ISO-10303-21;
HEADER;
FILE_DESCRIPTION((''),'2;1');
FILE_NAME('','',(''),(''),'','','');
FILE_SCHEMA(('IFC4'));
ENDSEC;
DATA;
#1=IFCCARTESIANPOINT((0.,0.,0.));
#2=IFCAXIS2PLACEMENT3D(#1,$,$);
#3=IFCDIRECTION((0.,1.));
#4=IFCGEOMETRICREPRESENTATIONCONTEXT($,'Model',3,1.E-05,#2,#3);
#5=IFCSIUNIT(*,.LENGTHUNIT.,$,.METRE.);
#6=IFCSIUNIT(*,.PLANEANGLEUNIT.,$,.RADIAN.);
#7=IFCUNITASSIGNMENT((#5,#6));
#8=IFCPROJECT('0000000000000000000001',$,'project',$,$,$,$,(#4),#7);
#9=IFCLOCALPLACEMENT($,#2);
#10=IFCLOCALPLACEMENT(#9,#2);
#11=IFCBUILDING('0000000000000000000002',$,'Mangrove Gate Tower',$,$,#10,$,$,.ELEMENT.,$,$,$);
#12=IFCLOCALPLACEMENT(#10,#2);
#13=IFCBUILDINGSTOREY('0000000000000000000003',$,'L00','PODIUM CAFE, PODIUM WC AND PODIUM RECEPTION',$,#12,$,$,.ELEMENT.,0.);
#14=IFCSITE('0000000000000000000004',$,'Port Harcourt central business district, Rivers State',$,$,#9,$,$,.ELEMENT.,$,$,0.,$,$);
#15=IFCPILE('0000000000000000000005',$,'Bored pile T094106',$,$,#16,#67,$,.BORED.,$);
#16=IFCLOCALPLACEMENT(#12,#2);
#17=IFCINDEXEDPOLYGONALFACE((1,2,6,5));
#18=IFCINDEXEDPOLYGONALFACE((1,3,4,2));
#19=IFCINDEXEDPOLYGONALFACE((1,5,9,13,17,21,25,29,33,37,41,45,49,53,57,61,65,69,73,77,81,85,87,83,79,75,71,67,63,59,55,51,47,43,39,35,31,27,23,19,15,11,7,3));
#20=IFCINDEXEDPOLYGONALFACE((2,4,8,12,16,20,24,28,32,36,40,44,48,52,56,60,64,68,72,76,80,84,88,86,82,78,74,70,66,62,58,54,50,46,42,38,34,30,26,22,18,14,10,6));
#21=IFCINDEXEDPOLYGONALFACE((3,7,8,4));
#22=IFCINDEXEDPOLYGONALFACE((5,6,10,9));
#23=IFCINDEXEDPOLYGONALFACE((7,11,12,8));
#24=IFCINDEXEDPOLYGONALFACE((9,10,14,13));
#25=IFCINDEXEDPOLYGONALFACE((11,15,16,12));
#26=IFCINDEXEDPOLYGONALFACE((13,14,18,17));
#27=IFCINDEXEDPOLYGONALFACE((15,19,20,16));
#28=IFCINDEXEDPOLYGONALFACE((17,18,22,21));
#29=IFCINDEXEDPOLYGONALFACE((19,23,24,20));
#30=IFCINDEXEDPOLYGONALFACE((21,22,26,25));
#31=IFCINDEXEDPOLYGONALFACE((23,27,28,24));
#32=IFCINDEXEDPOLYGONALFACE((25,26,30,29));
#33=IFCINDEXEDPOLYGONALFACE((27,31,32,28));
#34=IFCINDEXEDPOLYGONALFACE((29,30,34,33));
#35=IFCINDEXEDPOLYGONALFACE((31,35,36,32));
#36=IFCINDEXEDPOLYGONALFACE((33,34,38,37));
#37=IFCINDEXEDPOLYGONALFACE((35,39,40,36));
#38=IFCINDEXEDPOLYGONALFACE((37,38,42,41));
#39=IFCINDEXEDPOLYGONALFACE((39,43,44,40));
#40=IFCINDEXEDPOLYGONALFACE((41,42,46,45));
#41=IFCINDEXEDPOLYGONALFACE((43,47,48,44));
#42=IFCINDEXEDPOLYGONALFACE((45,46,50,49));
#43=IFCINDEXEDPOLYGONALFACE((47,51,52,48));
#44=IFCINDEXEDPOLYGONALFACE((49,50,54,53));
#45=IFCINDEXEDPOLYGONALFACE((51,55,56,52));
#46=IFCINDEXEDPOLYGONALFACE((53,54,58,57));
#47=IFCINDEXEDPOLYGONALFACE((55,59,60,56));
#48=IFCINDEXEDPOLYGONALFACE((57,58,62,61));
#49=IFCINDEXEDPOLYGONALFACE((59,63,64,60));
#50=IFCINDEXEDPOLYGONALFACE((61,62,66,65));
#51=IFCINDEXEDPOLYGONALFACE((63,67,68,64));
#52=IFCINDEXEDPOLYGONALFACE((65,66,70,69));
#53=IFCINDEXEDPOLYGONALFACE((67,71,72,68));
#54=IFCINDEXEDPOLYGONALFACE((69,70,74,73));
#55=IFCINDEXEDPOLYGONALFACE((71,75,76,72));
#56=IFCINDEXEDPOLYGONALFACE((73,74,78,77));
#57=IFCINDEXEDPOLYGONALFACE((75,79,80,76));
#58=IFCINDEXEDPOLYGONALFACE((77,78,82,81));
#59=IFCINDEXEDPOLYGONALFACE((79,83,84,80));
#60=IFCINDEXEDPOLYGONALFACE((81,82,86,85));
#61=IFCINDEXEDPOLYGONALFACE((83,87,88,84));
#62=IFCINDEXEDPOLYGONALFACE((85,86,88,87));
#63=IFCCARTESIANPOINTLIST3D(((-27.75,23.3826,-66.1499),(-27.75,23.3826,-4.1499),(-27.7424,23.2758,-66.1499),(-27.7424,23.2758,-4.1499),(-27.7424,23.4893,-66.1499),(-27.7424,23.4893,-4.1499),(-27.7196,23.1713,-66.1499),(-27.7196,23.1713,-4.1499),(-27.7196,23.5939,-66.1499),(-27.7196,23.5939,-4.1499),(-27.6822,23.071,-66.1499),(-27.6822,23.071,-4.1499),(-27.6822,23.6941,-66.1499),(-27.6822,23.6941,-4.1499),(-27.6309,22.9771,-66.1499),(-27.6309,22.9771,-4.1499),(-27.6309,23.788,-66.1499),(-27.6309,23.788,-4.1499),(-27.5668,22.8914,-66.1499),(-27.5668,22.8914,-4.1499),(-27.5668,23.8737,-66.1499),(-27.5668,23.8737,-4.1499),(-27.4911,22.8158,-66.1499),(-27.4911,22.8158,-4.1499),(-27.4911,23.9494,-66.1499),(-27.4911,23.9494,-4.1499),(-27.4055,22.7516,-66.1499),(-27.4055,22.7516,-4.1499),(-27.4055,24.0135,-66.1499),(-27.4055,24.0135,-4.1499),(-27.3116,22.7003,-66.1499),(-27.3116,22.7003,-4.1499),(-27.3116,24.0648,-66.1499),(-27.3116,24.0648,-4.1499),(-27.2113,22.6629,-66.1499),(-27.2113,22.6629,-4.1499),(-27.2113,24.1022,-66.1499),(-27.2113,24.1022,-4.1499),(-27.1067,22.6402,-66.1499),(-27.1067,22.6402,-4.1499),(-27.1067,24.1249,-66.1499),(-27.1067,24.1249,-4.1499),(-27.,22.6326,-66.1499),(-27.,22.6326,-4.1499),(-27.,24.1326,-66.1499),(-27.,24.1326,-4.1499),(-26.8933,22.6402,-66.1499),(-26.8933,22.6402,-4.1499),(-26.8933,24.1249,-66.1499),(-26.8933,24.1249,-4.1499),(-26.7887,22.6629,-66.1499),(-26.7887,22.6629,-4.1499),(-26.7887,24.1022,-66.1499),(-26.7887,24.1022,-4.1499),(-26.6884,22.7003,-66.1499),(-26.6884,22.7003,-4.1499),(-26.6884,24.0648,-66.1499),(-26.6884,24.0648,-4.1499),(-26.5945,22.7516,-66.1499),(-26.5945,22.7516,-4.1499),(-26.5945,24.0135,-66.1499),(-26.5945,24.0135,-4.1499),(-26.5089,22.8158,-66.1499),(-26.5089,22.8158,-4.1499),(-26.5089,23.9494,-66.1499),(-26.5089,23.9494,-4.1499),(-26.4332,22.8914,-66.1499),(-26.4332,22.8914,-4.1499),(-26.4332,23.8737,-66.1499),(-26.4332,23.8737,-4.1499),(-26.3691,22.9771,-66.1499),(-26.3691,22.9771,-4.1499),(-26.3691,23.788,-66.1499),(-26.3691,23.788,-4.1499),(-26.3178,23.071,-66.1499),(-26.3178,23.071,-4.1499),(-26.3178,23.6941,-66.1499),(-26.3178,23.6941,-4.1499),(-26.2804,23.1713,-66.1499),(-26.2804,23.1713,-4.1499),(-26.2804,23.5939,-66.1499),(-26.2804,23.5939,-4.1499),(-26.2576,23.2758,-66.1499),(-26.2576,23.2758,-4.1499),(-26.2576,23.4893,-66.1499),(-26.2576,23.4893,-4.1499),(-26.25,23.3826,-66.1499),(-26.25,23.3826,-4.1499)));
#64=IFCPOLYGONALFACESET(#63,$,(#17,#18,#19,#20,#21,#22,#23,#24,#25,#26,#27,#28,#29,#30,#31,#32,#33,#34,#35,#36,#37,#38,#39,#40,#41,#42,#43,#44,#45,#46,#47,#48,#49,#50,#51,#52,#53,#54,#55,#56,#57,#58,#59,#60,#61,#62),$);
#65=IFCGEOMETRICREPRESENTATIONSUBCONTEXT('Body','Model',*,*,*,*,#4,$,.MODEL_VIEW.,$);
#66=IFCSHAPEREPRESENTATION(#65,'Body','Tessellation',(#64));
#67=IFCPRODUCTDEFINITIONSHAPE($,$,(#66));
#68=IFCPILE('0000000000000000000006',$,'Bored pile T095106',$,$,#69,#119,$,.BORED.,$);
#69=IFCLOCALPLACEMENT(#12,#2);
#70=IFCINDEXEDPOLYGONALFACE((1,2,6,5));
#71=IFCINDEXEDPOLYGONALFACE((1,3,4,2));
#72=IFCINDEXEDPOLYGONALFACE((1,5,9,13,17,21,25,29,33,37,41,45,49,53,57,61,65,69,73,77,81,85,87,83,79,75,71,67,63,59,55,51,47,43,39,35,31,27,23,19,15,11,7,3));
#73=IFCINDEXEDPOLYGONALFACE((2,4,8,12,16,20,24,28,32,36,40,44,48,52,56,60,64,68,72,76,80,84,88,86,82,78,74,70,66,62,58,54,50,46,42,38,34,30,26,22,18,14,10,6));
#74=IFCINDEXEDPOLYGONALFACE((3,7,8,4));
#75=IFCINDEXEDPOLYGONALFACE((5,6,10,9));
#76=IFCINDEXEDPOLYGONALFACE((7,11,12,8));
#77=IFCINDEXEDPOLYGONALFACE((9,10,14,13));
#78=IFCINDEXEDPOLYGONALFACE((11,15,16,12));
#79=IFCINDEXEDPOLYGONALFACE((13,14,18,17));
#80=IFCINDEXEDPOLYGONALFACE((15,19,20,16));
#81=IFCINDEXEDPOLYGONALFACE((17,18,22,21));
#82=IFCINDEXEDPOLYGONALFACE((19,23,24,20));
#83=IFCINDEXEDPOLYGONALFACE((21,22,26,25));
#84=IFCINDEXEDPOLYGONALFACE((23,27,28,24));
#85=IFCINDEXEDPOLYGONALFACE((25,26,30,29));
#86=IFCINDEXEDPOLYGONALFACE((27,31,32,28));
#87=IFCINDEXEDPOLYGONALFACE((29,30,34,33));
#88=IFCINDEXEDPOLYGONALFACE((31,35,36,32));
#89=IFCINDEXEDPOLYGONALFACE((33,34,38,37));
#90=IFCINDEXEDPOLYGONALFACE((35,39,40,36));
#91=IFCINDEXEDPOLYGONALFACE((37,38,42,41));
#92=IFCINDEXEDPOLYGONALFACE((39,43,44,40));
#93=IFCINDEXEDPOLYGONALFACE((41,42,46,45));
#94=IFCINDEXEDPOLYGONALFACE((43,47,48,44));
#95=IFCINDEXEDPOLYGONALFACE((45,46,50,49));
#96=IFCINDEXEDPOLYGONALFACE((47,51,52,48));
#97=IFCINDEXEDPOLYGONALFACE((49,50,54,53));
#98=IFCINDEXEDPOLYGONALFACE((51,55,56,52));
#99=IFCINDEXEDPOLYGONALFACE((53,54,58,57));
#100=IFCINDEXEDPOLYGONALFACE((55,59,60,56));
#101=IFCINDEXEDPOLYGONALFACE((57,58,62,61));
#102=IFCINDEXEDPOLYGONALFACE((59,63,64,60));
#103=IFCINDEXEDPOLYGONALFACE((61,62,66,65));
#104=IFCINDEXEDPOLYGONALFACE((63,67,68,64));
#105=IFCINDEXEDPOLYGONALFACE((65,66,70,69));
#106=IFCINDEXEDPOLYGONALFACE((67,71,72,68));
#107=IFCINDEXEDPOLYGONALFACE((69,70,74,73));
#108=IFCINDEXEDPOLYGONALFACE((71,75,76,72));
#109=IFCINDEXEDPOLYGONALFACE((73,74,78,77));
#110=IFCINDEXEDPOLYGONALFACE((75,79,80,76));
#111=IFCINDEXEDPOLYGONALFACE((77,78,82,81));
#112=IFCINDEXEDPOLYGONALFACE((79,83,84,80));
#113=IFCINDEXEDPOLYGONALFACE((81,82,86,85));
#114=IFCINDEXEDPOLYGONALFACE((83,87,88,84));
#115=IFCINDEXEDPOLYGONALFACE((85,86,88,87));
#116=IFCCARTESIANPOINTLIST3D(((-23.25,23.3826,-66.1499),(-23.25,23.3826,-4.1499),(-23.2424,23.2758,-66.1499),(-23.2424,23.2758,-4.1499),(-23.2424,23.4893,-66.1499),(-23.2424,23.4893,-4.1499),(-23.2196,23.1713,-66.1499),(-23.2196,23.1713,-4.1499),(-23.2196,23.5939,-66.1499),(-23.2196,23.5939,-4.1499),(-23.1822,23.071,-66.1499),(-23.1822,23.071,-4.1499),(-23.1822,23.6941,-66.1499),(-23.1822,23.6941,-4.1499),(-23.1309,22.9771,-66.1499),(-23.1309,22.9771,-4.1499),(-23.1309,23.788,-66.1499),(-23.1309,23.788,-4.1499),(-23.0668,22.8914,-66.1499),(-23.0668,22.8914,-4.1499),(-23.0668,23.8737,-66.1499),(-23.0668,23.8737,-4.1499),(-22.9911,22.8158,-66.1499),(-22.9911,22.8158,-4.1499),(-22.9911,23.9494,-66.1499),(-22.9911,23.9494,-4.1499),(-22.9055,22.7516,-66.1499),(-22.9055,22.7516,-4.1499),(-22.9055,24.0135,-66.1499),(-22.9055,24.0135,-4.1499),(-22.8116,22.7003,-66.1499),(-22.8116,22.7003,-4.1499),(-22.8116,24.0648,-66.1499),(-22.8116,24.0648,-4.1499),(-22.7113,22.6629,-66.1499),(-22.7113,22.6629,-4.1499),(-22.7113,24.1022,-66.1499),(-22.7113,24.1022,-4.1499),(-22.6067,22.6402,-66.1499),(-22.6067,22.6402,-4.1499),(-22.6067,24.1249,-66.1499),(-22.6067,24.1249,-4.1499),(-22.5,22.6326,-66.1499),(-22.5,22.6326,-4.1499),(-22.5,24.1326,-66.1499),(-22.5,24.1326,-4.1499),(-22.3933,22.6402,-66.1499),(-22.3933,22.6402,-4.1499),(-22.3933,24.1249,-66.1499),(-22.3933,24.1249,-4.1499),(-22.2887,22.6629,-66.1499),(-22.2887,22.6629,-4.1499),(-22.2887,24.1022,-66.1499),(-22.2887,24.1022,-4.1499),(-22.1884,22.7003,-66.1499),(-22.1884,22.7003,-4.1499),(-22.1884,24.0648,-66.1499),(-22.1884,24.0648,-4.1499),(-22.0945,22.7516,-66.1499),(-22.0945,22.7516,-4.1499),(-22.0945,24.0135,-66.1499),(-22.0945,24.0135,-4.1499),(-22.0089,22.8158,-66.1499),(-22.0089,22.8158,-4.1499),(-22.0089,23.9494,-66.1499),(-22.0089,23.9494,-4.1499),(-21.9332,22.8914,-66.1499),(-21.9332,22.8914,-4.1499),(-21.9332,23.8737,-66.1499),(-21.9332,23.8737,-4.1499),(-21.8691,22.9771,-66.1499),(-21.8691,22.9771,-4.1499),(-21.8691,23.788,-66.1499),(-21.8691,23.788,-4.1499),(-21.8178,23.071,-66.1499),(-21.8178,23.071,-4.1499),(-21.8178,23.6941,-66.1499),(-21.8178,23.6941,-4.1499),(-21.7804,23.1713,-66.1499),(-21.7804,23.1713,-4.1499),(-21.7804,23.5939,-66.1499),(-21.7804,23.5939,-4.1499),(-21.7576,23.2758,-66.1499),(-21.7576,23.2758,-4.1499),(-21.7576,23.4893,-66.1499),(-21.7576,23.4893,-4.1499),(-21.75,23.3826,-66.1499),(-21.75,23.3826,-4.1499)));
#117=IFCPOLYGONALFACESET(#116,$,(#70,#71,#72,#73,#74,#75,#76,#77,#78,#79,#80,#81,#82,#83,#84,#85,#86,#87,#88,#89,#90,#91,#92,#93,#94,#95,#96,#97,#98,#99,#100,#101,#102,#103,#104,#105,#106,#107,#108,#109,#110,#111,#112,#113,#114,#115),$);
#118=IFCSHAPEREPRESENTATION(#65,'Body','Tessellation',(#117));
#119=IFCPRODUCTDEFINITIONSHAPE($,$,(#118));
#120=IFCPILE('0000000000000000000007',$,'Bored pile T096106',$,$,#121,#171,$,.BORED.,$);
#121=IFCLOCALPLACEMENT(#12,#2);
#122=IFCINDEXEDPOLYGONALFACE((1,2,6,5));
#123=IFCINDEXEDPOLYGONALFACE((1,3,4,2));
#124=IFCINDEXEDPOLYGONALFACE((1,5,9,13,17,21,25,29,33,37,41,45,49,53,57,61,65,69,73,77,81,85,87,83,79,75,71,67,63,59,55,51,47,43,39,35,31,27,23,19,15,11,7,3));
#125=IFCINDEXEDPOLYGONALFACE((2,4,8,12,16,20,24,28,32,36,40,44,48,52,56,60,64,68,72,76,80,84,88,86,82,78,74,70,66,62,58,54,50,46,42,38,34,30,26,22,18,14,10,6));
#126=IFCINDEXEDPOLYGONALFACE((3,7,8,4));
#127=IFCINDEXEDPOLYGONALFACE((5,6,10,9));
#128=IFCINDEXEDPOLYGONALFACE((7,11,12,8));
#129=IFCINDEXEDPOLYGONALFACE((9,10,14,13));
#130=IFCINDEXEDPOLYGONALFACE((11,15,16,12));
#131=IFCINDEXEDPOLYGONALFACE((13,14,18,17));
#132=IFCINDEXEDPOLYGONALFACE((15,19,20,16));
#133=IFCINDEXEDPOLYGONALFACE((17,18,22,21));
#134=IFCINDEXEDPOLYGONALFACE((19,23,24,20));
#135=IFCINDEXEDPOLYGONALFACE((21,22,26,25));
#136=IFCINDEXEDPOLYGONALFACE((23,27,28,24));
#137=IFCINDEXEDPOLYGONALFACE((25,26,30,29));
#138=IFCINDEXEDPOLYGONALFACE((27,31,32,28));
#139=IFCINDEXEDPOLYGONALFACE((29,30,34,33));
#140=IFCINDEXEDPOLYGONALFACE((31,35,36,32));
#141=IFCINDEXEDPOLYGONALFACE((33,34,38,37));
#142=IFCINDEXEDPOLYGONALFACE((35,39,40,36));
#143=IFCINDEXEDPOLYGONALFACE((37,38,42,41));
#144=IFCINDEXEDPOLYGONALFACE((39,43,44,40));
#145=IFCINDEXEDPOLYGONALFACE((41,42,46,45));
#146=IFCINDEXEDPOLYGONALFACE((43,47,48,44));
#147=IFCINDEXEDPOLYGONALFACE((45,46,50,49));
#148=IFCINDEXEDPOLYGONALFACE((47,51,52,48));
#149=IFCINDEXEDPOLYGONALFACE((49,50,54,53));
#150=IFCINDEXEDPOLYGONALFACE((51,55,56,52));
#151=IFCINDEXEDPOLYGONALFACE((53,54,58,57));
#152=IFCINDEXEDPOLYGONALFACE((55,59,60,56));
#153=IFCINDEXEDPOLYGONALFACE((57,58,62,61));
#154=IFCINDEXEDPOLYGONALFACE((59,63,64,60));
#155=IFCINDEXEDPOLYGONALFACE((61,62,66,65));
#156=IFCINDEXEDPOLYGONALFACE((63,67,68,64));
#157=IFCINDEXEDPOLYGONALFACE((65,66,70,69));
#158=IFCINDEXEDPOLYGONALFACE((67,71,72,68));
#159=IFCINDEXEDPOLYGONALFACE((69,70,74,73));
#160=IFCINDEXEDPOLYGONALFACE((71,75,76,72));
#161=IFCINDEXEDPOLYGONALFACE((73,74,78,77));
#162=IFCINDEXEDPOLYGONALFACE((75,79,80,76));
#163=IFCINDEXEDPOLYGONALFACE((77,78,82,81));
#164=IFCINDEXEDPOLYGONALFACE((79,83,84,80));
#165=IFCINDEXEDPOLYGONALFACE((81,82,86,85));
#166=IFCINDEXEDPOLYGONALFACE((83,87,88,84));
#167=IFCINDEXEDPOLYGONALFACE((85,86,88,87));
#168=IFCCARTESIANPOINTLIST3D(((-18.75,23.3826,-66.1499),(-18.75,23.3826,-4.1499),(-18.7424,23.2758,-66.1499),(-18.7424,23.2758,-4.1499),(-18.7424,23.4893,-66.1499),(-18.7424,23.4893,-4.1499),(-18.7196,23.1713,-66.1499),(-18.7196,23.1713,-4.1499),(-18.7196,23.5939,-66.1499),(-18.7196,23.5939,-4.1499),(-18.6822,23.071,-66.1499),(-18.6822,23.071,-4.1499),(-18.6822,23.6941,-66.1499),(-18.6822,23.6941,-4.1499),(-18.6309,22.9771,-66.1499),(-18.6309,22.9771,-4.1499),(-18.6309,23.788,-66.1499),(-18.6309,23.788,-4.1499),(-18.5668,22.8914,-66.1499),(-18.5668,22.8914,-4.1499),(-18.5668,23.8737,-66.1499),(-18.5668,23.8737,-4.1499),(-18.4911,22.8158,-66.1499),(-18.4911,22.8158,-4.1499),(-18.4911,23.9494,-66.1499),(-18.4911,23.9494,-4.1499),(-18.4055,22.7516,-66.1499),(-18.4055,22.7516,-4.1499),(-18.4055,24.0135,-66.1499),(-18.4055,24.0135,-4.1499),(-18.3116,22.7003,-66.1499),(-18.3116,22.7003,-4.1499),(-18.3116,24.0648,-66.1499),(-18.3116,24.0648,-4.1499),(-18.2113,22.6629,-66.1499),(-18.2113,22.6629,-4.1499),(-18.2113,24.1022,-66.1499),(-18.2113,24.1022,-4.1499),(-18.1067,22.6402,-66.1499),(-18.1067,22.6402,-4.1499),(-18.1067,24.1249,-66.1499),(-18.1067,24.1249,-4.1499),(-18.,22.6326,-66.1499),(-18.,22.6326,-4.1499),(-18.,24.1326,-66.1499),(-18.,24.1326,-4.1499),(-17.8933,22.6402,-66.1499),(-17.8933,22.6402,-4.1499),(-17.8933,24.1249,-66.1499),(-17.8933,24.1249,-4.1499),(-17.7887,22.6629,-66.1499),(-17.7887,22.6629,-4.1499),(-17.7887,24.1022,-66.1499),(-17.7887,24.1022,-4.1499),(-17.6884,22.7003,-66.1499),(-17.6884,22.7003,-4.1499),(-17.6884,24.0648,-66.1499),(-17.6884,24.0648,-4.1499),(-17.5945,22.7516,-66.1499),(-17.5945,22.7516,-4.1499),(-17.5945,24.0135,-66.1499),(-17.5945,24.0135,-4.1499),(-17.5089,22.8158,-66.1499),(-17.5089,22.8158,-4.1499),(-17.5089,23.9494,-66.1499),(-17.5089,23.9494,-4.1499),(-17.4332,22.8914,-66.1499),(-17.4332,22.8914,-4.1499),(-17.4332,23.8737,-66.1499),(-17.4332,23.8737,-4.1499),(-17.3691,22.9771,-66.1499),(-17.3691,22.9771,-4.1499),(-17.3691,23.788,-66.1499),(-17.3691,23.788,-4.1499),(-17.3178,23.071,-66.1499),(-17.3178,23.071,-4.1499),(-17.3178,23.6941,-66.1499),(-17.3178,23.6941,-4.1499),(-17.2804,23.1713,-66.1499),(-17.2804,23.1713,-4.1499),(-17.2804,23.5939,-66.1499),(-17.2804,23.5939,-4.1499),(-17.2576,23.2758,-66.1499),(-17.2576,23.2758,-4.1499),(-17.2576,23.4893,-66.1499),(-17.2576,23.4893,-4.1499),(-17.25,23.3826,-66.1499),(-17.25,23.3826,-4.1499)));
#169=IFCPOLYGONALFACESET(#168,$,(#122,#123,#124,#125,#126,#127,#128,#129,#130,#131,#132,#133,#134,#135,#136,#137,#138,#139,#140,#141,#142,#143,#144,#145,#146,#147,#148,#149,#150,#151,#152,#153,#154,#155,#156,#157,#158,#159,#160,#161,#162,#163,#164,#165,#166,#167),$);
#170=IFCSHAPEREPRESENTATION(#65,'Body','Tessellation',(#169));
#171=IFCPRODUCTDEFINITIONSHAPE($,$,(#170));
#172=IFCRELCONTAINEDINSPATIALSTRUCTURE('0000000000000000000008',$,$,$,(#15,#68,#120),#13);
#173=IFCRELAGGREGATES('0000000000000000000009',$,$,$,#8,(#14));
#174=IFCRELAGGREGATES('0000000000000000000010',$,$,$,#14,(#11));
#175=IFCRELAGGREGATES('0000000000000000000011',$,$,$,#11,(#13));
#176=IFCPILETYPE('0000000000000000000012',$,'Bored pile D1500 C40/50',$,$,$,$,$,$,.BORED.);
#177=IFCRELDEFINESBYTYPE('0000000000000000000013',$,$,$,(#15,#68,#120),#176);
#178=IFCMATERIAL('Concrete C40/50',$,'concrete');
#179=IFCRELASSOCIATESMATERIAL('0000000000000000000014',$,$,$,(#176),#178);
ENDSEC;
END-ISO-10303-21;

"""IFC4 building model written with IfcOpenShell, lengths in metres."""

from ifc_helpers import new_model, si_unit, direction, frame, origin, origin_2d, place, context, subcontext, project, spatial, circle, extrude, material, material_profile, profile_set, type_object, element, save


model = new_model("IFC4")

# Units and contexts
model_context = context("Model", 3, precision=1e-05, world=origin(), true_north=direction((0.0, 1.0)))
body_context = subcontext(model_context, "Body", "Model", "MODEL_VIEW")
ifc_project = project(units=[si_unit("LENGTHUNIT", "METRE"), si_unit("PLANEANGLEUNIT", "RADIAN")], contexts=[model_context])

# Site, building, storey
site_placement = place(None, origin())
site = spatial("IfcSite", under=ifc_project, at=site_placement, Name="Port Harcourt central business district, Rivers State", CompositionType="ELEMENT", RefElevation=0.0)
building_placement = place(site_placement, origin())
building = spatial("IfcBuilding", under=site, at=building_placement, Name="Mangrove Gate Tower", CompositionType="ELEMENT")
storey_placement = place(building_placement, origin())
storey = spatial("IfcBuildingStorey", under=building, at=storey_placement, Name="L00", Description="PODIUM CAFE, PODIUM WC AND PODIUM RECEPTION", CompositionType="ELEMENT", Elevation=0.0)

# Piles
ifc_material_1 = material(Name="Concrete C40/50", Category="concrete")
ifc_material_profile_1 = material_profile(ifc_material_1, circle(Radius=0.75, at=origin_2d()))
ifc_profile_set_1 = profile_set([ifc_material_profile_1], Name="Concrete C40/50")
pile_type = type_object("IfcPileType", Name="Bored pile D1500 C40/50", PredefinedType="BORED", material=ifc_profile_set_1)
for number, where, z_axis, x_axis, name in (
    (1, (-27.0, 23.3826, -4.1499), (0.0, 0.0, -1.0), (1.0, 0.0, 0.0), "Bored pile T094106"),
    (2, (-22.5, 23.3826, -4.1499), (0.0, 0.0, -1.0), (1.0, 0.0, 0.0), "Bored pile T095106"),
    (3, (-18.0, 23.3826, -4.1499), (0.0, 0.0, -1.0), (1.0, 0.0, 0.0), "Bored pile T096106"),
):
    element("IfcPile", number, at=place(storey_placement, frame(where, z_axis=z_axis, x_axis=x_axis)), inside=storey, type_object=pile_type, Name=name, PredefinedType="BORED", context=body_context, shape_type="SweptSolid", body=[
        extrude(circle(Radius=0.75, at=origin_2d()), origin(), (0.0, 0.0, 1.0), 62.0),
    ])

save(model, "model.ifc")
